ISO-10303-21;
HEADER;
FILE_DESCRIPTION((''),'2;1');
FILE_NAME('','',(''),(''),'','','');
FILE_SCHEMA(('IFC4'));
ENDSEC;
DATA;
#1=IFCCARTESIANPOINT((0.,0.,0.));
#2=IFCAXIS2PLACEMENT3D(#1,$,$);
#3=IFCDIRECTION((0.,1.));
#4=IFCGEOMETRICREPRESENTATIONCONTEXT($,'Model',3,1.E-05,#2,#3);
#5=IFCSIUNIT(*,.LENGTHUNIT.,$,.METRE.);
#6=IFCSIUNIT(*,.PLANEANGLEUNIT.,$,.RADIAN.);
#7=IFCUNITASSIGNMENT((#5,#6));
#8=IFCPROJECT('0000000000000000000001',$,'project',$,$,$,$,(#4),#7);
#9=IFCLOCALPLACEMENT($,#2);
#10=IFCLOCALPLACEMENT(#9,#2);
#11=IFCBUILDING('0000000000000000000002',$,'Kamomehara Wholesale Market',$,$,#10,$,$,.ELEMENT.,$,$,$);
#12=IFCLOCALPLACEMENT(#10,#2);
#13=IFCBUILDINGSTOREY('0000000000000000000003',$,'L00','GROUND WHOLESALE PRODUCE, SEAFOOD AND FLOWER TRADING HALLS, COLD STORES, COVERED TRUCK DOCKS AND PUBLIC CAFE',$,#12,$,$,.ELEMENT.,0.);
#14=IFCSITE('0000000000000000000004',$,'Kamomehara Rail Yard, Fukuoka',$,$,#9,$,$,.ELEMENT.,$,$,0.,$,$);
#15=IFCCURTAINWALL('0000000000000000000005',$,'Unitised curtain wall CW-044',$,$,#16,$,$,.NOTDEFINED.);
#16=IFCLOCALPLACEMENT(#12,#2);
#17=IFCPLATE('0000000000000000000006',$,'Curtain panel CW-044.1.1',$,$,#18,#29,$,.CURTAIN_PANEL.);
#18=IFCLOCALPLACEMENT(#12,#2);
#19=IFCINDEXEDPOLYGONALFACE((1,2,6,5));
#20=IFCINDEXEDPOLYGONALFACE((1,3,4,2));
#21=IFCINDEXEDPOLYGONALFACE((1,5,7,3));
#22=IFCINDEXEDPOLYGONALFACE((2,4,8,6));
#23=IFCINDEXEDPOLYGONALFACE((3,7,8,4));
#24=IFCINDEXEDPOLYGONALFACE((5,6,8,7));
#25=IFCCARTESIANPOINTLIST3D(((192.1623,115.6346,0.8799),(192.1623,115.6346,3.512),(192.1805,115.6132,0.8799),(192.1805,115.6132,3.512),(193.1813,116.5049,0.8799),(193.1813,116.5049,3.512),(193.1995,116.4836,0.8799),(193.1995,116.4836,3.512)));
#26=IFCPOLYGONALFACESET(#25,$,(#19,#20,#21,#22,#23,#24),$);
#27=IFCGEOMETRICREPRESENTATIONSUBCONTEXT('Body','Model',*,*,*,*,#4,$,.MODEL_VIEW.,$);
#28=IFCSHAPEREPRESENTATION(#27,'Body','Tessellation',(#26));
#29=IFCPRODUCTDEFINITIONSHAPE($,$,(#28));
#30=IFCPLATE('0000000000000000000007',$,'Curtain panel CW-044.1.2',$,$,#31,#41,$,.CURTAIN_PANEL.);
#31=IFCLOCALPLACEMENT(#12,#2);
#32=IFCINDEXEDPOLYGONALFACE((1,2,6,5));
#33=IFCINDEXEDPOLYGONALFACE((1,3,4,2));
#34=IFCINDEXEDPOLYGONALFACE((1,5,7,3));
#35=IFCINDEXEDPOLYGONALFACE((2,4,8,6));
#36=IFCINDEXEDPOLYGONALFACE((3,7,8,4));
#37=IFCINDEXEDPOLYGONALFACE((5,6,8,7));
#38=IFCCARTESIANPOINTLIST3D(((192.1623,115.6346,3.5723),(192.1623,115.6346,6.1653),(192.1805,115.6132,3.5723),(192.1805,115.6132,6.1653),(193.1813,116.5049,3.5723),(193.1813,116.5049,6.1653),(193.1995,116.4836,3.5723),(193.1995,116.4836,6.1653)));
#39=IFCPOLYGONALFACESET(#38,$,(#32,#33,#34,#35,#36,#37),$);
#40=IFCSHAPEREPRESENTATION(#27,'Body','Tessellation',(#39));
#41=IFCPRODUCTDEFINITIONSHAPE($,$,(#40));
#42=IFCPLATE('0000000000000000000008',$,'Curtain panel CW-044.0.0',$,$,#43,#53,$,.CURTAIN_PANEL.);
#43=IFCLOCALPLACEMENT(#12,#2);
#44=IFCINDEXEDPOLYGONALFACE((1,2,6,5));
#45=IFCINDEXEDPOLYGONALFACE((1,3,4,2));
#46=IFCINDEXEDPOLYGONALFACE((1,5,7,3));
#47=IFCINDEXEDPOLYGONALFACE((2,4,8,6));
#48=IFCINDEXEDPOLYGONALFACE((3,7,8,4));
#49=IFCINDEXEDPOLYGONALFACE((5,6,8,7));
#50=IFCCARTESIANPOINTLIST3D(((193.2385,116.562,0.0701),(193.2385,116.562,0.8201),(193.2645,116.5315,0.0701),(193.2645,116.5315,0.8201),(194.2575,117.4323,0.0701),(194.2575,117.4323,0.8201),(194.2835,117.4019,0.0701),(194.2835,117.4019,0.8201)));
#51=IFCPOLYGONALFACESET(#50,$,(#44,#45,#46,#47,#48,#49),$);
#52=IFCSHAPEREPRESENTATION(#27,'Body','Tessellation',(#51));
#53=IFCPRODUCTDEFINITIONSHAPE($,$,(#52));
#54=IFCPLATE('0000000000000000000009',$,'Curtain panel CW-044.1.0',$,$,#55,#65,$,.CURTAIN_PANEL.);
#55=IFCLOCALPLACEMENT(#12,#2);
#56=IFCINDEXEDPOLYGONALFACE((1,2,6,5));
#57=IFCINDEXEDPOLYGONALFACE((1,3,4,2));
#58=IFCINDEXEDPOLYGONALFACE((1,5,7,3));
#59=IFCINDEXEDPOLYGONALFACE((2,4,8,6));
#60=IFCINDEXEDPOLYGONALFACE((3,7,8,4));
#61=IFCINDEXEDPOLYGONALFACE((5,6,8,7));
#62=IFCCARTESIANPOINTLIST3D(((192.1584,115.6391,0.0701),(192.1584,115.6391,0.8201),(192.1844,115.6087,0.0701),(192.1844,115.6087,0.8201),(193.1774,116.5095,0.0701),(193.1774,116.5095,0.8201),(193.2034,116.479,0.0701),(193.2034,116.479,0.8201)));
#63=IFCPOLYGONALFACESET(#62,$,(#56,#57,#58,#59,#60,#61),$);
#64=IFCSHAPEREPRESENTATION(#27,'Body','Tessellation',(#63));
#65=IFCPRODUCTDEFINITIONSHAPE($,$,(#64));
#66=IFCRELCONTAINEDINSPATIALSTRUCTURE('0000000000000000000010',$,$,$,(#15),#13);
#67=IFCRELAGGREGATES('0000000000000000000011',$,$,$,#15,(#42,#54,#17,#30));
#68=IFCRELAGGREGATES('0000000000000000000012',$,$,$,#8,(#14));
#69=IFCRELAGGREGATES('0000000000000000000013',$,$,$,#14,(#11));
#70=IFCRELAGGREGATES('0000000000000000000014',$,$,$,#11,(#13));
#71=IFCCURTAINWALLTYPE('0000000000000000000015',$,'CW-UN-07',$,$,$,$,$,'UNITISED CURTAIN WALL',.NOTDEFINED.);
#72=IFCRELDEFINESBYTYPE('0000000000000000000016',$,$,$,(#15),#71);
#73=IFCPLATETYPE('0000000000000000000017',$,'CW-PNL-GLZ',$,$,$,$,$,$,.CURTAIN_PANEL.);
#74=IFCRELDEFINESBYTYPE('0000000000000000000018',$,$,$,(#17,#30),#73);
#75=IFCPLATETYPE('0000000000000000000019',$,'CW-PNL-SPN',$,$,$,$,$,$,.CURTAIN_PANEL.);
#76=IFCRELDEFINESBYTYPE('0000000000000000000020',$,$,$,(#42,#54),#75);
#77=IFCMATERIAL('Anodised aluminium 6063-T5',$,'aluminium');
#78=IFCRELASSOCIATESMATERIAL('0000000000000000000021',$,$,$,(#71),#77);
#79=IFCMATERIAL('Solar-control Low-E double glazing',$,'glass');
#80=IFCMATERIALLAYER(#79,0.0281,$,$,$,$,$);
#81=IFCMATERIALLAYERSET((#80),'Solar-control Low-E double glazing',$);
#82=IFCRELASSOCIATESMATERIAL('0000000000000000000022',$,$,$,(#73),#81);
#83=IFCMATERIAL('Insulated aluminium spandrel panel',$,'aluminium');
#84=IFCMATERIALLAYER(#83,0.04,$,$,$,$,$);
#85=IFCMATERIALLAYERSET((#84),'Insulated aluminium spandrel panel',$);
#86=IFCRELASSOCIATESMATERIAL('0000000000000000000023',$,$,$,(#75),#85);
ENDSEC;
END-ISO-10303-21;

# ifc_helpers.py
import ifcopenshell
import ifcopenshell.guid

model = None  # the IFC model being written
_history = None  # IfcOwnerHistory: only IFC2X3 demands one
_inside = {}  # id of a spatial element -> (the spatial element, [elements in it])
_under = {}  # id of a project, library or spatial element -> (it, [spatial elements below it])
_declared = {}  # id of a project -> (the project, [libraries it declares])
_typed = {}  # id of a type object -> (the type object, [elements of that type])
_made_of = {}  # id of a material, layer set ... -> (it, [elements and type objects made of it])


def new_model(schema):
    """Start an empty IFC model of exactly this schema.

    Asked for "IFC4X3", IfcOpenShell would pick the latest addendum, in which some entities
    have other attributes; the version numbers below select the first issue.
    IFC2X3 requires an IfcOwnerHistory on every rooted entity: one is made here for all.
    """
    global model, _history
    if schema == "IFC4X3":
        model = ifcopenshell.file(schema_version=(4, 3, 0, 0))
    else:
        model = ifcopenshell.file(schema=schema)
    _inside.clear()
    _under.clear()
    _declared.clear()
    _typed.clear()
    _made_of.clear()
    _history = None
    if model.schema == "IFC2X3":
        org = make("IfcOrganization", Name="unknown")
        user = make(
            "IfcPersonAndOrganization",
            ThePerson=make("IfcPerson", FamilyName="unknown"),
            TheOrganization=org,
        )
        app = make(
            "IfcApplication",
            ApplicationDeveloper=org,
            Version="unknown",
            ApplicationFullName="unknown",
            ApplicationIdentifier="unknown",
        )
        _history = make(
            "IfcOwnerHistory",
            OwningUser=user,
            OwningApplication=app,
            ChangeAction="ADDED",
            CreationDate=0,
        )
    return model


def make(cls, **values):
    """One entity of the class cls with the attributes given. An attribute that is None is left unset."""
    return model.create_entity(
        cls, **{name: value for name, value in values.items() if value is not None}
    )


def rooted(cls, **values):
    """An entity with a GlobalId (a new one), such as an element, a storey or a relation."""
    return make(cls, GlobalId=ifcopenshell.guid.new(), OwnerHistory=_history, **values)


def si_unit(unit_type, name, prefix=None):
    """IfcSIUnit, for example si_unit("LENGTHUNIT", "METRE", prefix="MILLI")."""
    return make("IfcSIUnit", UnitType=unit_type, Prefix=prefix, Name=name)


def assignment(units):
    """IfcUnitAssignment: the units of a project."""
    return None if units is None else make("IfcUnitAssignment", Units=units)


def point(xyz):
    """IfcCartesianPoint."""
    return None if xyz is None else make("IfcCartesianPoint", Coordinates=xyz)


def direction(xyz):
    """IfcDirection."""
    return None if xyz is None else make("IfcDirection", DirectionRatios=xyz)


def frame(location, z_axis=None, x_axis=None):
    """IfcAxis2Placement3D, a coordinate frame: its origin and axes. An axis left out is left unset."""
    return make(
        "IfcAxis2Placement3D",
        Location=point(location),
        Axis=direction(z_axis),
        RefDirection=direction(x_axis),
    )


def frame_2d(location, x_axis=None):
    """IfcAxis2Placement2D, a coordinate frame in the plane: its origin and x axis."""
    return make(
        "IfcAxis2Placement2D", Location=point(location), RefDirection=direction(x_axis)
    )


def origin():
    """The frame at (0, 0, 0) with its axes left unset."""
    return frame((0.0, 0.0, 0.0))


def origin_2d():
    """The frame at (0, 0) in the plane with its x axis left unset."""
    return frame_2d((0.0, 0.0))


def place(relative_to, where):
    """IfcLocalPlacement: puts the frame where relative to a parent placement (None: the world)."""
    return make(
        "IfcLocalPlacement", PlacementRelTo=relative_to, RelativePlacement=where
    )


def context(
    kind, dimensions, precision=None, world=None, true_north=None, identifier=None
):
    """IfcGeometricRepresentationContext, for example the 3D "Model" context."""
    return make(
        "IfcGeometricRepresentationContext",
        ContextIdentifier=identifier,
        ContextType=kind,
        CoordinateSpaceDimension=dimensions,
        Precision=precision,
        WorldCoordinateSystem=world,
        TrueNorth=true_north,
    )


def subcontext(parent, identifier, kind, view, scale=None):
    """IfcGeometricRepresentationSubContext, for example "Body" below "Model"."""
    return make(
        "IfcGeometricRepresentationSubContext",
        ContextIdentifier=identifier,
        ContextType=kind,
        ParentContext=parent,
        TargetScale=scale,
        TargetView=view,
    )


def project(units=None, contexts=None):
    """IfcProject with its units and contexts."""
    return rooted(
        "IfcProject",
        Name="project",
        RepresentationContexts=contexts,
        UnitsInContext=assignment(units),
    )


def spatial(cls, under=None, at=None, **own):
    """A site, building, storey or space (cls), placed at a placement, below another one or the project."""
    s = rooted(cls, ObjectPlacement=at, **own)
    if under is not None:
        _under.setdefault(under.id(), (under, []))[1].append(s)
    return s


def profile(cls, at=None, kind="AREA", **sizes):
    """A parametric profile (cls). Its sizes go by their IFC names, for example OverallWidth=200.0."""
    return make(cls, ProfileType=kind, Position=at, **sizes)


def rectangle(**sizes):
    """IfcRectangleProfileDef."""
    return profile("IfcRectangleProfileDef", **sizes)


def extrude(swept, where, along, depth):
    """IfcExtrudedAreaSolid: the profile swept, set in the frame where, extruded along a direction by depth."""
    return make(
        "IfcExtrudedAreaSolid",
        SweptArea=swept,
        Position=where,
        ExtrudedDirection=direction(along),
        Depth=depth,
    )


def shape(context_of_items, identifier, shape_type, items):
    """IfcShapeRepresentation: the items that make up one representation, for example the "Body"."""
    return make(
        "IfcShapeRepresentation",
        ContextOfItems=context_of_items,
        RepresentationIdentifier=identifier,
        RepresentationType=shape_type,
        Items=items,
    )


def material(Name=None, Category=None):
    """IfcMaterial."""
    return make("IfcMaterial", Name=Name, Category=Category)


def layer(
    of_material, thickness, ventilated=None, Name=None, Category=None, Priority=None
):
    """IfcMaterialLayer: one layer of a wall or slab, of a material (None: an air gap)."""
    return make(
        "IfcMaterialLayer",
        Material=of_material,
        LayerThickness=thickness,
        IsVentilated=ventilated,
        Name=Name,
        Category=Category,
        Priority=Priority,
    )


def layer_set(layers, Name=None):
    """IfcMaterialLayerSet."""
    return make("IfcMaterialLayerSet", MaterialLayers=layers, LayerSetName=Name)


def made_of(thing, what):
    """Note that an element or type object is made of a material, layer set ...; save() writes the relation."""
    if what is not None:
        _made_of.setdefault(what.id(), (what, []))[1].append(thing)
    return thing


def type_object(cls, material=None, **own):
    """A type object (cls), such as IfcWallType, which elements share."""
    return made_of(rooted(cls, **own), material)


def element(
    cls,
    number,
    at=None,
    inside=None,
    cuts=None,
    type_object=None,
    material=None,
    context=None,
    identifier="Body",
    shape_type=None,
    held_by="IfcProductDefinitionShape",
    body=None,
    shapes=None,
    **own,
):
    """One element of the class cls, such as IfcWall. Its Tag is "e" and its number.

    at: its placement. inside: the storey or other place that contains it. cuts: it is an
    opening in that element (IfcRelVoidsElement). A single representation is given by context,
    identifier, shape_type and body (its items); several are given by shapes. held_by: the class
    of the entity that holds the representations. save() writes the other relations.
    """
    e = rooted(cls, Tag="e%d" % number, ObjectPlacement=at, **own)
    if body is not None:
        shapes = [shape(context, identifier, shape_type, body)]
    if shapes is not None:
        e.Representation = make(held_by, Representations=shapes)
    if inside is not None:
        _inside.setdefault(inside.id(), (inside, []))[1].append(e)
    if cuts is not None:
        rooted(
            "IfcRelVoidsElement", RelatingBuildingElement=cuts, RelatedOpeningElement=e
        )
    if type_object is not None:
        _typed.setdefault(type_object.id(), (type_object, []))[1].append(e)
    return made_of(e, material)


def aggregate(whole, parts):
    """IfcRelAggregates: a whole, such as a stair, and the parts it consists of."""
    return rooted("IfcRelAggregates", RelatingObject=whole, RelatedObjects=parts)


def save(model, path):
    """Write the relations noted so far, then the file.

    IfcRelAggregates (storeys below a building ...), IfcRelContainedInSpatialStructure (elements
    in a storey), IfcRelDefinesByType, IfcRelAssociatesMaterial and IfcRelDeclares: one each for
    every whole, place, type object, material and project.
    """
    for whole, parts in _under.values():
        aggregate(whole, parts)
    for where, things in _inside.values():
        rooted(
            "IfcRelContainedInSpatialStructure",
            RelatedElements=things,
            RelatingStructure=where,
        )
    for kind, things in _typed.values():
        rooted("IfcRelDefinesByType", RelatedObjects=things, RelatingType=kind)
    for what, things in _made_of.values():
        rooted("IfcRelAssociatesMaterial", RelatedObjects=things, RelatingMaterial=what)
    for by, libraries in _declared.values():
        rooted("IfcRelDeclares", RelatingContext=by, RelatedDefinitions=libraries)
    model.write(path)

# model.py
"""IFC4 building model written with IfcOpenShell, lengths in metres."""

from ifc_helpers import new_model, si_unit, direction, frame, origin, origin_2d, place, context, subcontext, project, spatial, rectangle, extrude, material, layer, layer_set, type_object, element, aggregate, save


model = new_model("IFC4")

# Units and contexts
model_context = context("Model", 3, precision=1e-05, world=origin(), true_north=direction((0.0, 1.0)))
body_context = subcontext(model_context, "Body", "Model", "MODEL_VIEW")
ifc_project = project(units=[si_unit("LENGTHUNIT", "METRE"), si_unit("PLANEANGLEUNIT", "RADIAN")], contexts=[model_context])

# Site, building, storey
site_placement = place(None, origin())
site = spatial("IfcSite", under=ifc_project, at=site_placement, Name="Kamomehara Rail Yard, Fukuoka", CompositionType="ELEMENT", RefElevation=0.0)
building_placement = place(site_placement, origin())
building = spatial("IfcBuilding", under=site, at=building_placement, Name="Kamomehara Wholesale Market", CompositionType="ELEMENT")
storey_placement = place(building_placement, origin())
storey = spatial("IfcBuildingStorey", under=building, at=storey_placement, Name="L00", Description="GROUND WHOLESALE PRODUCE, SEAFOOD AND FLOWER TRADING HALLS, COLD STORES, COVERED TRUCK DOCKS AND PUBLIC CAFE", CompositionType="ELEMENT", Elevation=0.0)

# Curtain wall
ifc_material_1 = material(Name="Anodised aluminium 6063-T5", Category="aluminium")
curtain_wall_type = type_object("IfcCurtainWallType", Name="CW-UN-07", ElementType="UNITISED CURTAIN WALL", PredefinedType="NOTDEFINED", material=ifc_material_1)
curtain_wall_1_placement = place(storey_placement, origin())
curtain_wall_1 = element("IfcCurtainWall", 1, at=curtain_wall_1_placement, inside=storey, type_object=curtain_wall_type, Name="Unitised curtain wall CW-044", PredefinedType="NOTDEFINED")

# Plates
ifc_material_2 = material(Name="Solar-control Low-E double glazing", Category="glass")
ifc_layer_1 = layer(ifc_material_2, 0.0281)
ifc_layer_set_1 = layer_set([ifc_layer_1], Name="Solar-control Low-E double glazing")
plate_type_1 = type_object("IfcPlateType", Name="CW-PNL-GLZ", PredefinedType="CURTAIN_PANEL", material=ifc_layer_set_1)
plate_1_placement = place(storey_placement, frame((192.6809, 116.0591, 0.8799), z_axis=(0.0, 0.0, 1.0), x_axis=(-0.760372, -0.649488, 0.0)))
plate_1 = element("IfcPlate", 2, at=plate_1_placement, type_object=plate_type_1, Name="Curtain panel CW-044.1.1", PredefinedType="CURTAIN_PANEL", context=body_context, shape_type="SweptSolid", body=[
    extrude(rectangle(XDim=1.3401, YDim=0.0281, at=origin_2d()), origin(), (0.0, 0.0, 1.0), 2.6321),
])
plate_2_placement = place(storey_placement, frame((192.6809, 116.0591, 3.5723), z_axis=(0.0, 0.0, 1.0), x_axis=(-0.760372, -0.649488, 0.0)))
plate_2 = element("IfcPlate", 3, at=plate_2_placement, type_object=plate_type_1, Name="Curtain panel CW-044.1.2", PredefinedType="CURTAIN_PANEL", context=body_context, shape_type="SweptSolid", body=[
    extrude(rectangle(XDim=1.3401, YDim=0.0281, at=origin_2d()), origin(), (0.0, 0.0, 1.0), 2.593),
])
ifc_material_3 = material(Name="Insulated aluminium spandrel panel", Category="aluminium")
ifc_layer_2 = layer(ifc_material_3, 0.04)
ifc_layer_set_2 = layer_set([ifc_layer_2], Name="Insulated aluminium spandrel panel")
plate_type_2 = type_object("IfcPlateType", Name="CW-PNL-SPN", PredefinedType="CURTAIN_PANEL", material=ifc_layer_set_2)
plate_3_placement = place(storey_placement, frame((193.761, 116.9819, 0.0701), z_axis=(0.0, 0.0, 1.0), x_axis=(-0.760372, -0.649488, 0.0)))
plate_3 = element("IfcPlate", 4, at=plate_3_placement, type_object=plate_type_2, Name="Curtain panel CW-044.0.0", PredefinedType="CURTAIN_PANEL", context=body_context, shape_type="SweptSolid", body=[
    extrude(rectangle(XDim=1.3401, YDim=0.04, at=origin_2d()), origin(), (0.0, 0.0, 1.0), 0.75),
])
plate_4_placement = place(storey_placement, frame((192.6809, 116.0591, 0.0701), z_axis=(0.0, 0.0, 1.0), x_axis=(-0.760372, -0.649488, 0.0)))
plate_4 = element("IfcPlate", 5, at=plate_4_placement, type_object=plate_type_2, Name="Curtain panel CW-044.1.0", PredefinedType="CURTAIN_PANEL", context=body_context, shape_type="SweptSolid", body=[
    extrude(rectangle(XDim=1.3401, YDim=0.04, at=origin_2d()), origin(), (0.0, 0.0, 1.0), 0.75),
])
aggregate(curtain_wall_1, [plate_3, plate_4, plate_1, plate_2])

save(model, "model.ifc")
